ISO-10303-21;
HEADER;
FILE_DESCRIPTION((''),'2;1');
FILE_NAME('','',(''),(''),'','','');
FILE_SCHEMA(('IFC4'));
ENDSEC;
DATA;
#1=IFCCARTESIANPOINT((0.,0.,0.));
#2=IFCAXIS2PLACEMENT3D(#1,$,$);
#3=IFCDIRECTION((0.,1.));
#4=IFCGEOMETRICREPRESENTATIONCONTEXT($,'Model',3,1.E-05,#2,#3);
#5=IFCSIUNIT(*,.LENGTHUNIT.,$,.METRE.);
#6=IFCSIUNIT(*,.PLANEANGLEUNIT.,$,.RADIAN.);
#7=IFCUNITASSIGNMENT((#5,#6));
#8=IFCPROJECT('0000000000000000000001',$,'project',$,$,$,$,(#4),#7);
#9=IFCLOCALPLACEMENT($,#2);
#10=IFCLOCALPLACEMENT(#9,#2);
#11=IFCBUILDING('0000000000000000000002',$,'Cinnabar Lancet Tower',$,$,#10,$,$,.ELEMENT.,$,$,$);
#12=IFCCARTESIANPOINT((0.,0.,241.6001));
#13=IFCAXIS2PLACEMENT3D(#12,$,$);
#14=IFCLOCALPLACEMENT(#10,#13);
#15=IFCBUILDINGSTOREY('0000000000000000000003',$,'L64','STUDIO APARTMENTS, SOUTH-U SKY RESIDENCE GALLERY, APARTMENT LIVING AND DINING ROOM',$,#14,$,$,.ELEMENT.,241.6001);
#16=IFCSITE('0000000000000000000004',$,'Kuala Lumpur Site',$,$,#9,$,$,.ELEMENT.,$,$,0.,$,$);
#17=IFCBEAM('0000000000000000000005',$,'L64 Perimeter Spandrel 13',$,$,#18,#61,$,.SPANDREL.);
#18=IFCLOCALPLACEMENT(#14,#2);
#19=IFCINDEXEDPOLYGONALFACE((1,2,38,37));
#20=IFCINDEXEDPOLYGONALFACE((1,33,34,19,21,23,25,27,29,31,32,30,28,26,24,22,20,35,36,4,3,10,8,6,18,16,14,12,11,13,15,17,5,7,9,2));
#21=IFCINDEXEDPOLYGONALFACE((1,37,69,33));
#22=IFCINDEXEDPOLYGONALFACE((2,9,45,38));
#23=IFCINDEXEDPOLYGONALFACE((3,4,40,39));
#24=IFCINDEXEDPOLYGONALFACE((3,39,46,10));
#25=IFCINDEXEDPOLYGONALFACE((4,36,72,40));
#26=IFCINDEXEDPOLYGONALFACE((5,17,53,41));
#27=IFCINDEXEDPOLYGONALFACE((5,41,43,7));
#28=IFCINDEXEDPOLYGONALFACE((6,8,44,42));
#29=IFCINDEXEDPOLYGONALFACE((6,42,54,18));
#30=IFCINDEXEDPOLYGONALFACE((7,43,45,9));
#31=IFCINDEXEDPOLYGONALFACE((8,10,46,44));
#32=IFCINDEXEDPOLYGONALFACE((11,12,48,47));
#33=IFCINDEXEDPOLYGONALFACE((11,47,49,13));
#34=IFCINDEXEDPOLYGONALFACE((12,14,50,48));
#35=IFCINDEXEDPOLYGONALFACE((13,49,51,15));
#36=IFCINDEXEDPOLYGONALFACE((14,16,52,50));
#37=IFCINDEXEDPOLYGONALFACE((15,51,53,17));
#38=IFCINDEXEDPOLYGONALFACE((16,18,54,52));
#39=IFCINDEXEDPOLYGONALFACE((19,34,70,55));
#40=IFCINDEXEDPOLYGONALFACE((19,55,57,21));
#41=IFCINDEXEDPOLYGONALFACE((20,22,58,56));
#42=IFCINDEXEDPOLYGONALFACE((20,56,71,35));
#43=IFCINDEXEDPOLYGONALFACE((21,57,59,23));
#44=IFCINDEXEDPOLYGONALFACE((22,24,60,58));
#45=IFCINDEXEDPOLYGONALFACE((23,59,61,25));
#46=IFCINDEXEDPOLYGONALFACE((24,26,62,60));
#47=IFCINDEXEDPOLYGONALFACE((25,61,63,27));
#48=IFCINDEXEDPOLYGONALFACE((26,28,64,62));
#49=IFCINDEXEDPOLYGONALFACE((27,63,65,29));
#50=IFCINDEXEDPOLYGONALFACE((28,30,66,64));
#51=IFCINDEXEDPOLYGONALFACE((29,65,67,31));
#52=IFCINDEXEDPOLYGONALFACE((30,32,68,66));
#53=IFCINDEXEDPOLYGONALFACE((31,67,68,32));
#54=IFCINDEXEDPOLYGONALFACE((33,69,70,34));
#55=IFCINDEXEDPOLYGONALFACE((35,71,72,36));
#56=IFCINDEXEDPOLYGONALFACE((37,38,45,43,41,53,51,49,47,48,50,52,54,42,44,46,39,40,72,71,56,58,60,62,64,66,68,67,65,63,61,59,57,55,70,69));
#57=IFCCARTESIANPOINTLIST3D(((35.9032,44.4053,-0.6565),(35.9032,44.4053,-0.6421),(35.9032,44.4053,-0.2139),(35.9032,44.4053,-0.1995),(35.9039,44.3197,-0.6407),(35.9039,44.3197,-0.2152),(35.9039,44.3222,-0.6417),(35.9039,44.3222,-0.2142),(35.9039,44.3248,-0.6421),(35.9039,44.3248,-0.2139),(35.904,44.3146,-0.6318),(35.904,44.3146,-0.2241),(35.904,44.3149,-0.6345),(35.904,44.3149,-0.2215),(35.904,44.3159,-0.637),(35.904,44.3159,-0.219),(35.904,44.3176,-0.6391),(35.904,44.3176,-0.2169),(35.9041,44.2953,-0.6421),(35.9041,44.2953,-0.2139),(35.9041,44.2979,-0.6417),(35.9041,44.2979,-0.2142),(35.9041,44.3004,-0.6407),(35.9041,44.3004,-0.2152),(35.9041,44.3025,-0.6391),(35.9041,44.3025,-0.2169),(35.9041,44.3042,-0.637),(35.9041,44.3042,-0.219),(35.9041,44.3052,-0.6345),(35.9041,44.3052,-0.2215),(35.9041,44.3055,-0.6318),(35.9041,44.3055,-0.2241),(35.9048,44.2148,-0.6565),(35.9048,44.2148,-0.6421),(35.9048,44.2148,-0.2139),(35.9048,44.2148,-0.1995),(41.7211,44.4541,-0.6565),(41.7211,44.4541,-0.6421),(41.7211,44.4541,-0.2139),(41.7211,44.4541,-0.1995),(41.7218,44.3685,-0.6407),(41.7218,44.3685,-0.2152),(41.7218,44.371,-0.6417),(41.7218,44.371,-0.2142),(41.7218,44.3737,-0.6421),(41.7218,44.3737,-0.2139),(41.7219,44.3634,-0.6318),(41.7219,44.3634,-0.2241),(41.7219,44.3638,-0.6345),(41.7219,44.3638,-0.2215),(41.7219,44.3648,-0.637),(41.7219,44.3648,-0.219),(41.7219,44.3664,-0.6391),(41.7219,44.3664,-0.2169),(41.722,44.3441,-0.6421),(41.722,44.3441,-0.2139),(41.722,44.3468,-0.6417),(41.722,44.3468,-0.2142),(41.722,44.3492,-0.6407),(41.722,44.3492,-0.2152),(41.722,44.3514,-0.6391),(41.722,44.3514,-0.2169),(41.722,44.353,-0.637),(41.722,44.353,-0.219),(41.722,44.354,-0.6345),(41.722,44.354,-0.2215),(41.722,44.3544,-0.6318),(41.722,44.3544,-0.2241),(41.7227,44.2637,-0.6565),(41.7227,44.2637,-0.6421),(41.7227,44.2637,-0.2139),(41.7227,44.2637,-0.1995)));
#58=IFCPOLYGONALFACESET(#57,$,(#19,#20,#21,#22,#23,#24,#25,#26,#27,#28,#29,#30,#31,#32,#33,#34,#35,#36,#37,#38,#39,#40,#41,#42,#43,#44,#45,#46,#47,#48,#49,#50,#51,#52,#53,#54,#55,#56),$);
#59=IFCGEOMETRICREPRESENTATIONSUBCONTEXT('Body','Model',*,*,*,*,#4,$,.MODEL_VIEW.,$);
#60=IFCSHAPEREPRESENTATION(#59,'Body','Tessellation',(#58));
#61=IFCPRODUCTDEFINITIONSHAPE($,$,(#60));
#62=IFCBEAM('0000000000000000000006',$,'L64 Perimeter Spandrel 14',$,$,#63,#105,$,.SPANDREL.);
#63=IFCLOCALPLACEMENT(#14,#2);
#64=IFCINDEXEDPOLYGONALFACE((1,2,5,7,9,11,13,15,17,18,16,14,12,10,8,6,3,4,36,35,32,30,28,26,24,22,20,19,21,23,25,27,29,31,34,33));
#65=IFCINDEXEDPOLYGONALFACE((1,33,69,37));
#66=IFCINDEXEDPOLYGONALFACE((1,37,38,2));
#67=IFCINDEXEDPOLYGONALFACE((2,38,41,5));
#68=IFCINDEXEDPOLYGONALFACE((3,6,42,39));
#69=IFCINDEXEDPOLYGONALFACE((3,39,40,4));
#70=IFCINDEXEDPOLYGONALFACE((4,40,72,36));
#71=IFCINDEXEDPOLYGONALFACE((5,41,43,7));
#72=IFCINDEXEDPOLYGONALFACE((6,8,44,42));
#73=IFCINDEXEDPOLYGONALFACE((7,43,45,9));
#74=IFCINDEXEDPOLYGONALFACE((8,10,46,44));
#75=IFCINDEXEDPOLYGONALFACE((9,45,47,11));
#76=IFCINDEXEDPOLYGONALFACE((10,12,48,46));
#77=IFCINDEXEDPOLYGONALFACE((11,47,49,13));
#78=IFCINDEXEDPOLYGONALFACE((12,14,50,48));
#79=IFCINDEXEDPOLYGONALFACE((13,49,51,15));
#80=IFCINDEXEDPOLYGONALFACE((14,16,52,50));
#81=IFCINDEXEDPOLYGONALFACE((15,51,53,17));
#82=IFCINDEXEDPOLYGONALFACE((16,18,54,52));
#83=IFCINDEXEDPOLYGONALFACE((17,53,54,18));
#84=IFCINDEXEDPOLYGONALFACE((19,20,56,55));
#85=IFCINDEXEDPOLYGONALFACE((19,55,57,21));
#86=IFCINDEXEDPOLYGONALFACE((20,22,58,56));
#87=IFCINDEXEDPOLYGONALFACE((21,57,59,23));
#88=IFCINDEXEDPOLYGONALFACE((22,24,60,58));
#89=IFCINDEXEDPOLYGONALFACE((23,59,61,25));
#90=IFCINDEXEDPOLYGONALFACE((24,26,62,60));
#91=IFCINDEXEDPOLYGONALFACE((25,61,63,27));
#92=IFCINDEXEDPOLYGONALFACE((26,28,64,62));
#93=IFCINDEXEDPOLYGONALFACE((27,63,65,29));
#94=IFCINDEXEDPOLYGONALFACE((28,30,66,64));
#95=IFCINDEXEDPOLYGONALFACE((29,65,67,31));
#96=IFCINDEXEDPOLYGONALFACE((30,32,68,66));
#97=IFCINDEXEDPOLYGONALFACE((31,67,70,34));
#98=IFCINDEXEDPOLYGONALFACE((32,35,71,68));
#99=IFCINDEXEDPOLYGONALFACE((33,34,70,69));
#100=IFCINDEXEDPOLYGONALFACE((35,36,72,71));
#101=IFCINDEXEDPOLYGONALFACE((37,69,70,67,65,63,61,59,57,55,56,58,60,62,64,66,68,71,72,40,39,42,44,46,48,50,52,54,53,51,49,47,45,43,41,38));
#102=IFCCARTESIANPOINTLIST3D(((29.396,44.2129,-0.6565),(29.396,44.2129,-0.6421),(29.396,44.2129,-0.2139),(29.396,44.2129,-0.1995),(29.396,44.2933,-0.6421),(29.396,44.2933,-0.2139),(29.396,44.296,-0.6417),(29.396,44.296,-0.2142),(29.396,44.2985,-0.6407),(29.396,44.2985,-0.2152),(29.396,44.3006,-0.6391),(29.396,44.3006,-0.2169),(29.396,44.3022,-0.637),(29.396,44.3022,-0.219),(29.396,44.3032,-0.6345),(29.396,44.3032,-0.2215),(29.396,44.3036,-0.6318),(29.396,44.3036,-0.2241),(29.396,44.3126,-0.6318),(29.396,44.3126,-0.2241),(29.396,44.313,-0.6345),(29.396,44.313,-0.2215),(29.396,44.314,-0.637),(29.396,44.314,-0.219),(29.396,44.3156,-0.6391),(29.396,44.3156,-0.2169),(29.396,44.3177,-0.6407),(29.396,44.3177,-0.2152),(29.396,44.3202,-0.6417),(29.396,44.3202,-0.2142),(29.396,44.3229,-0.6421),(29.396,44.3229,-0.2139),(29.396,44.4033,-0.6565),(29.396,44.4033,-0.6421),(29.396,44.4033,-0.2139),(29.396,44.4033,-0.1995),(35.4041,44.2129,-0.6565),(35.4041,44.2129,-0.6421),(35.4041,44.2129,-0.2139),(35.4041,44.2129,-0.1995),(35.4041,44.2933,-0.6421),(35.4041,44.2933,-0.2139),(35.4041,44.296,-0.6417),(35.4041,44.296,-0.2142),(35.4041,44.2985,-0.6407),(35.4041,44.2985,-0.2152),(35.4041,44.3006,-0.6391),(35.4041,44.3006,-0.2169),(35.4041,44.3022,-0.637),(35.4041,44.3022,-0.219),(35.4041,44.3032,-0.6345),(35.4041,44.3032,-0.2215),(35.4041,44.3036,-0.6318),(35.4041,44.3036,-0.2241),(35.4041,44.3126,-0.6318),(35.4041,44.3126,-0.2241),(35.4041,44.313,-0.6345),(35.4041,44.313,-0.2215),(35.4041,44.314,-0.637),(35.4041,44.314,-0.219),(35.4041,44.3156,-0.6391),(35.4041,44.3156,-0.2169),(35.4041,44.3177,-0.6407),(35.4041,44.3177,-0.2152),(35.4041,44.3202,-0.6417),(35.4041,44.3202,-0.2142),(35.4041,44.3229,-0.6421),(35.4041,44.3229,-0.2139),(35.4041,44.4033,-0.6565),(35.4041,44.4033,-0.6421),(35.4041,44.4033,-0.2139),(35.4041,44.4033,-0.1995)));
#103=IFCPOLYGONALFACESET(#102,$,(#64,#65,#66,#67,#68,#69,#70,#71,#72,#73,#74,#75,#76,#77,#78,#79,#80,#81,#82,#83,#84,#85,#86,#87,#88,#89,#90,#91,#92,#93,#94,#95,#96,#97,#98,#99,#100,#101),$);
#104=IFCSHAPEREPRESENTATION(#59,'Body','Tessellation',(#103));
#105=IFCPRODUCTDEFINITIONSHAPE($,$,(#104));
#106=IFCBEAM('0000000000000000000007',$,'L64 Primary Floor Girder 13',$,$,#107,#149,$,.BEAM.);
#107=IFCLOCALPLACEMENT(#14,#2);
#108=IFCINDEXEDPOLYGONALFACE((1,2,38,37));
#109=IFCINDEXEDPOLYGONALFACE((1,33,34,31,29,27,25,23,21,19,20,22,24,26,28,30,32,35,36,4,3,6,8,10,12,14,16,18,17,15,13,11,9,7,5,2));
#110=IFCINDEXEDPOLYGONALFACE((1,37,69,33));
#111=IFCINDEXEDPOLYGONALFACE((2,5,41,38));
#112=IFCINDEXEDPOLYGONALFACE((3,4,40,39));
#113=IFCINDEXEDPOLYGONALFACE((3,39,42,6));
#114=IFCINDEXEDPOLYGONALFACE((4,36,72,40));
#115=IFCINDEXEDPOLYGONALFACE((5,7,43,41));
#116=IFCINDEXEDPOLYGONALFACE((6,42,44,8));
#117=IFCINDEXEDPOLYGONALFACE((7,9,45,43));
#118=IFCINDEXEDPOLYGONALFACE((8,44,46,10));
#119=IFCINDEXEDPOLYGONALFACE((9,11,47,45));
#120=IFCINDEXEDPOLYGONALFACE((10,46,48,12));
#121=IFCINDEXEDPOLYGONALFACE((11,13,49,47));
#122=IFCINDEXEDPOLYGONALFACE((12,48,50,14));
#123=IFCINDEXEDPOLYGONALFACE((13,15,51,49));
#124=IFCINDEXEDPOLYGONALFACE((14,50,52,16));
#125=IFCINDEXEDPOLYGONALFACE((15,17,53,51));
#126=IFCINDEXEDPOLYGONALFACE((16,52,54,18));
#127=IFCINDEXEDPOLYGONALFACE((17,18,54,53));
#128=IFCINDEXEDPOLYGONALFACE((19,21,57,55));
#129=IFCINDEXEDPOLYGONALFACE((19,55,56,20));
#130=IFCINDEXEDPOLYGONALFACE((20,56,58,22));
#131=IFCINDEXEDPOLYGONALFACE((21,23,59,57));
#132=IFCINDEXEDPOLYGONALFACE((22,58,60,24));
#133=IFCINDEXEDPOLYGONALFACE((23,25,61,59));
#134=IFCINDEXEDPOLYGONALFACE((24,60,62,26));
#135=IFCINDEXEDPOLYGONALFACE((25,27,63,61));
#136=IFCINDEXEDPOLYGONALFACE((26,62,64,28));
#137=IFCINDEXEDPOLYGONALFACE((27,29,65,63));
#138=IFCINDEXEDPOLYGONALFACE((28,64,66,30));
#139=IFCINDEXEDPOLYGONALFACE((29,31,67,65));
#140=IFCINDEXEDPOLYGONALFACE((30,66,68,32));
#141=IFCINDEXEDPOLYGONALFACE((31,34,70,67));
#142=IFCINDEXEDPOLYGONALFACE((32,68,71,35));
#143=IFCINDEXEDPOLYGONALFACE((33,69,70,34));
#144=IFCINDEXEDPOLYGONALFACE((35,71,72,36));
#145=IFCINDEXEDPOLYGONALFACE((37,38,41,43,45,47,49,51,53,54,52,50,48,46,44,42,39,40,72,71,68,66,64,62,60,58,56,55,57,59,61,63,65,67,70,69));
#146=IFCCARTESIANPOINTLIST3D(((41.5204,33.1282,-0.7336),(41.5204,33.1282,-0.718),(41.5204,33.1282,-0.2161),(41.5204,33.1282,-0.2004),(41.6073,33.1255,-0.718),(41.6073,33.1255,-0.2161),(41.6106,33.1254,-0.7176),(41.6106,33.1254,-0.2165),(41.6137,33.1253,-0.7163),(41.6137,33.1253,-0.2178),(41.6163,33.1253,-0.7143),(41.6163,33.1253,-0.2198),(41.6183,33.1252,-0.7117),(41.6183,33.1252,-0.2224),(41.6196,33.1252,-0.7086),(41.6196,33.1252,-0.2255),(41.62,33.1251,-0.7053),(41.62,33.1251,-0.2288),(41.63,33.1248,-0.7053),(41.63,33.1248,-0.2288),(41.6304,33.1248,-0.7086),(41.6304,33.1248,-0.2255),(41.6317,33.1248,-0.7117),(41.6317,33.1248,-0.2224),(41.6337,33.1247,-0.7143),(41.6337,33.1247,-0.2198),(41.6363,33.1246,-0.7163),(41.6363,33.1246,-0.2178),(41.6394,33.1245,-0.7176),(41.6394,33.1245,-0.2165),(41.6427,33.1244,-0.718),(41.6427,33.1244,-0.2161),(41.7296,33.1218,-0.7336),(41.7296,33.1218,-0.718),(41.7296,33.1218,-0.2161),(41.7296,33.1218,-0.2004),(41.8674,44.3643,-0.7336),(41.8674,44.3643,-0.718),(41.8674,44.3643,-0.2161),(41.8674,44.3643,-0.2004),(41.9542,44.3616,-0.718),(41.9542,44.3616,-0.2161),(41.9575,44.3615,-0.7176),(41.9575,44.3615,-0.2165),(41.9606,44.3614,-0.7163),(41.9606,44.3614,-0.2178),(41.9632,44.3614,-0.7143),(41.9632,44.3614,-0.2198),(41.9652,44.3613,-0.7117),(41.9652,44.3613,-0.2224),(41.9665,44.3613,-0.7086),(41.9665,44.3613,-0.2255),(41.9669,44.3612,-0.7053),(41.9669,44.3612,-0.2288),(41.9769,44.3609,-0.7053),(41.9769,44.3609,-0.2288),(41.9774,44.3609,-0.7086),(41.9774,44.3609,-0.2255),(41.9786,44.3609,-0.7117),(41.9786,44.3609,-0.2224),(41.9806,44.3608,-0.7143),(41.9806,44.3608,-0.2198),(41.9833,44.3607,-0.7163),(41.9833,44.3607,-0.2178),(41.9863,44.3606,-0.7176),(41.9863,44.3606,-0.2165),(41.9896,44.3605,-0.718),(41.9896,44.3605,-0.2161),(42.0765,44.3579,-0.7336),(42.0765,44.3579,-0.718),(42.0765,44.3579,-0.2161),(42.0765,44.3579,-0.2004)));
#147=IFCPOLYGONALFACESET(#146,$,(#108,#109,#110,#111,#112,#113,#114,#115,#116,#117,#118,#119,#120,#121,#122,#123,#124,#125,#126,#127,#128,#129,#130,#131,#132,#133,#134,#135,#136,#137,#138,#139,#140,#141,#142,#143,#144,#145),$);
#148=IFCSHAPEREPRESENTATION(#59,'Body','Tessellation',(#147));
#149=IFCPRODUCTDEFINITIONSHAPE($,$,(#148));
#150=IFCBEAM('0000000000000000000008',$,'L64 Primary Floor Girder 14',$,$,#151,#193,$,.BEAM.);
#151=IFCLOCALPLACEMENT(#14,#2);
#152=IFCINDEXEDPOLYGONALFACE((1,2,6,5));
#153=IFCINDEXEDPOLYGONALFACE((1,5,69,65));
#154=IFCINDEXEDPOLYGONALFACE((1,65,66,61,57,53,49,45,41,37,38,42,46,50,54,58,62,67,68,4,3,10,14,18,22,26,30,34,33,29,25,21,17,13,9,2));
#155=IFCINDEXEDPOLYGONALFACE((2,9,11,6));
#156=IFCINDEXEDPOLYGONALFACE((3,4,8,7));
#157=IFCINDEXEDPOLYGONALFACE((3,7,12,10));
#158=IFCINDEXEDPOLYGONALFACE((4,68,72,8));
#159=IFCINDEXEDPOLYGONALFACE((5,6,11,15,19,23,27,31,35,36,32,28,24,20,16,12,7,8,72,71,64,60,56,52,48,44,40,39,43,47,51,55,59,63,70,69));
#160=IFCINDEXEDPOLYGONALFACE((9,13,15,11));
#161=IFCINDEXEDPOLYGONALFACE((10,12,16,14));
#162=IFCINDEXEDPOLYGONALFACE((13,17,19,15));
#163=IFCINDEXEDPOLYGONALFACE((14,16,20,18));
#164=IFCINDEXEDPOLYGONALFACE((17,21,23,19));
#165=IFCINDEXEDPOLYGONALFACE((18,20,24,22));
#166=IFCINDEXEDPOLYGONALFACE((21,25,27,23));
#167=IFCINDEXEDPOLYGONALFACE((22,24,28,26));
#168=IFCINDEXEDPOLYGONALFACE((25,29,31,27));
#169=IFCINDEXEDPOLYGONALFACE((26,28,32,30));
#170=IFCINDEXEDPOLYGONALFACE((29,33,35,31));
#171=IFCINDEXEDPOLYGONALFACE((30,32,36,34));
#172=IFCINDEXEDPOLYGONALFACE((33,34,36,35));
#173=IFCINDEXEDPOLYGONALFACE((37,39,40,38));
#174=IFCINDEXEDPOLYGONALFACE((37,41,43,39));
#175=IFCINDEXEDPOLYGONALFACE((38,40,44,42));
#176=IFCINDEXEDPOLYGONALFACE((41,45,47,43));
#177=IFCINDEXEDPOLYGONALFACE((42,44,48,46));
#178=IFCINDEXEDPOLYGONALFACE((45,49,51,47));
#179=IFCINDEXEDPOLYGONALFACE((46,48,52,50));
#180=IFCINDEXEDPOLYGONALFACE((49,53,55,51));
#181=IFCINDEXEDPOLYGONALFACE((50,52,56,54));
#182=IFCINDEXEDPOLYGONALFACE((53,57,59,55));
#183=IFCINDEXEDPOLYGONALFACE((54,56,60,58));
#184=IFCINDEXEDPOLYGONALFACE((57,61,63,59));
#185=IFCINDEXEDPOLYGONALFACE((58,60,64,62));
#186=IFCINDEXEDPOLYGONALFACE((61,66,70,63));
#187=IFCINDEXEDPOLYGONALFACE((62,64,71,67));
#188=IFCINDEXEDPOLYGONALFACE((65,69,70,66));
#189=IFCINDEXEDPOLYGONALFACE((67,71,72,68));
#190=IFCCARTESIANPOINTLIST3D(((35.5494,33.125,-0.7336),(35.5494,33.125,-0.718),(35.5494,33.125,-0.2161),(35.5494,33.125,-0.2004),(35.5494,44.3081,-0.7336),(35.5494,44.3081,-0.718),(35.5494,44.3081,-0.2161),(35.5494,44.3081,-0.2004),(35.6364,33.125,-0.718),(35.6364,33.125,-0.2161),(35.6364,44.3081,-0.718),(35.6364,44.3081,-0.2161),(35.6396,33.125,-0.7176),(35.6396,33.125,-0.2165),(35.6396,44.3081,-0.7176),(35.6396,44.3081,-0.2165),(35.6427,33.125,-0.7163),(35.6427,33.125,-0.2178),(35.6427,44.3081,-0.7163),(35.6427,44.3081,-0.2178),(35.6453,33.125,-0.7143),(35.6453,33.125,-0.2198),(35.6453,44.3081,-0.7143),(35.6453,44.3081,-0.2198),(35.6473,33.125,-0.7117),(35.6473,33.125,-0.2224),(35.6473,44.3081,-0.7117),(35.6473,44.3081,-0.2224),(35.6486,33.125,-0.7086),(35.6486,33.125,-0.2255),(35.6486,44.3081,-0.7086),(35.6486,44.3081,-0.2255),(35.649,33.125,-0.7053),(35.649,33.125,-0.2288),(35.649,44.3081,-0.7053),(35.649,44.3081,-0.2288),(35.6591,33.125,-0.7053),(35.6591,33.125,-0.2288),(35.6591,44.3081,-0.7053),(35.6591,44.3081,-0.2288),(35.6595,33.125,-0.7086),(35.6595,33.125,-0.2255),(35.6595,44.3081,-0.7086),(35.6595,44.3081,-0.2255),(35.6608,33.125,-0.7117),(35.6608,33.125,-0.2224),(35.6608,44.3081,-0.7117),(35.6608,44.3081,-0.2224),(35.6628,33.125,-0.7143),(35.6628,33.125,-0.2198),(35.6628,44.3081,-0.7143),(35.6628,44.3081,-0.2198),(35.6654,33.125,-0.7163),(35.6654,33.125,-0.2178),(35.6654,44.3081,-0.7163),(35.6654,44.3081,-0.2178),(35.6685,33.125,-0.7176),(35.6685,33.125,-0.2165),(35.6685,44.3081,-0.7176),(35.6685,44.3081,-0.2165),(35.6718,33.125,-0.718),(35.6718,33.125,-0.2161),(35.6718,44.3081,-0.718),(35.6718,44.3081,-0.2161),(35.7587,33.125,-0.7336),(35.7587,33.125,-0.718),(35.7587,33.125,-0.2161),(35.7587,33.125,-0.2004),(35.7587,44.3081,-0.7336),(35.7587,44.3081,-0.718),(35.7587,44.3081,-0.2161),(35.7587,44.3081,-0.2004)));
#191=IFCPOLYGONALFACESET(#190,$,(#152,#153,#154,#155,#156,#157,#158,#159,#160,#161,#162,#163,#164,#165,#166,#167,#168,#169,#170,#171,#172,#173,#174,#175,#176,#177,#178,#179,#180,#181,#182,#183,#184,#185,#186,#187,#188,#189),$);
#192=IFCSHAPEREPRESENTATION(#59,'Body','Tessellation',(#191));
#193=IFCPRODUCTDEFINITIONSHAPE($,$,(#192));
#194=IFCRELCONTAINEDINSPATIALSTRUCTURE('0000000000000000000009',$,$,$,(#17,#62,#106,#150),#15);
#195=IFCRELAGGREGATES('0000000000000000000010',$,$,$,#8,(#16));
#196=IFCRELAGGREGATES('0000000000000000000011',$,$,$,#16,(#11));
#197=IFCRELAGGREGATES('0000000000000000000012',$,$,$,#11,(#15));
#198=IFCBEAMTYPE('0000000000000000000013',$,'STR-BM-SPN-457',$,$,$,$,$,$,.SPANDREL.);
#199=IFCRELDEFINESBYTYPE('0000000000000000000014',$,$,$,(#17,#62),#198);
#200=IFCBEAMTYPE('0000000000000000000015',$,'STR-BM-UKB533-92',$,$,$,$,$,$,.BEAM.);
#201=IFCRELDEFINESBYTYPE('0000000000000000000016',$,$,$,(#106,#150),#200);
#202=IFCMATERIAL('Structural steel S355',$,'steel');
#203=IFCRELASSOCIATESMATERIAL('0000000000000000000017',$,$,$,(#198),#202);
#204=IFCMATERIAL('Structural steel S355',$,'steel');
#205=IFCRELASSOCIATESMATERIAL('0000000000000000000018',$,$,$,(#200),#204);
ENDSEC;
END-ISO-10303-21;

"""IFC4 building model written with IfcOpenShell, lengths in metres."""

from ifc_helpers import new_model, si_unit, direction, frame, origin, origin_2d, place, context, subcontext, project, spatial, i_section, extrude, material, material_profile, profile_set, type_object, element, save


model = new_model("IFC4")

# Units and contexts
model_context = context("Model", 3, precision=1e-05, world=origin(), true_north=direction((0.0, 1.0)))
body_context = subcontext(model_context, "Body", "Model", "MODEL_VIEW")
ifc_project = project(units=[si_unit("LENGTHUNIT", "METRE"), si_unit("PLANEANGLEUNIT", "RADIAN")], contexts=[model_context])

# Site, building, storey
site_placement = place(None, origin())
site = spatial("IfcSite", under=ifc_project, at=site_placement, Name="Kuala Lumpur Site", CompositionType="ELEMENT", RefElevation=0.0)
building_placement = place(site_placement, origin())
building = spatial("IfcBuilding", under=site, at=building_placement, Name="Cinnabar Lancet Tower", CompositionType="ELEMENT")
storey_placement = place(building_placement, frame((0.0, 0.0, 241.6001)))
storey = spatial("IfcBuildingStorey", under=building, at=storey_placement, Name="L64", Description="STUDIO APARTMENTS, SOUTH-U SKY RESIDENCE GALLERY, APARTMENT LIVING AND DINING ROOM", CompositionType="ELEMENT", Elevation=241.6001)

# Beams
ifc_material_1 = material(Name="Structural steel S355", Category="steel")
ifc_material_profile_1 = material_profile(ifc_material_1, i_section(OverallWidth=0.1904, OverallDepth=0.457, WebThickness=0.009, FlangeThickness=0.0144, FilletRadius=0.0103, at=origin_2d()), Name="UKB 457x191x74")
ifc_profile_set_1 = profile_set([ifc_material_profile_1], Name="Structural steel S355")
beam_type_1 = type_object("IfcBeamType", Name="STR-BM-SPN-457", PredefinedType="SPANDREL", material=ifc_profile_set_1)
beam_1_placement = place(storey_placement, frame((41.7219, 44.3589, -0.428), z_axis=(-0.999965, -0.008392, 0.0), x_axis=(0.008392, -0.999965, 0.0)))
element("IfcBeam", 1, at=beam_1_placement, inside=storey, type_object=beam_type_1, Name="L64 Perimeter Spandrel 13", PredefinedType="SPANDREL", context=body_context, shape_type="SweptSolid", body=[
    extrude(i_section(OverallWidth=0.1904, OverallDepth=0.457, WebThickness=0.009, FlangeThickness=0.0144, FilletRadius=0.0103, at=origin_2d()), origin(), (0.0, 0.0, 1.0), 5.8181),
])
beam_2_placement = place(storey_placement, frame((35.4041, 44.3081, -0.428), z_axis=(-1.0, 0.0, 0.0), x_axis=(0.0, -1.0, 0.0)))
element("IfcBeam", 2, at=beam_2_placement, inside=storey, type_object=beam_type_1, Name="L64 Perimeter Spandrel 14", PredefinedType="SPANDREL", context=body_context, shape_type="SweptSolid", body=[
    extrude(i_section(OverallWidth=0.1904, OverallDepth=0.457, WebThickness=0.009, FlangeThickness=0.0144, FilletRadius=0.0103, at=origin_2d()), origin(), (0.0, 0.0, 1.0), 6.0081),
])
ifc_material_2 = material(Name="Structural steel S355", Category="steel")
ifc_material_profile_2 = material_profile(ifc_material_2, i_section(OverallWidth=0.2092, OverallDepth=0.5332, WebThickness=0.01, FlangeThickness=0.0156, FilletRadius=0.0127, at=origin_2d()), Name="UKB 533x210x92")
ifc_profile_set_2 = profile_set([ifc_material_profile_2], Name="Structural steel S355")
beam_type_2 = type_object("IfcBeamType", Name="STR-BM-UKB533-92", PredefinedType="BEAM", material=ifc_profile_set_2)
beam_3_placement = place(storey_placement, frame((41.9719, 44.3611, -0.467), z_axis=(-0.030861, -0.999524, 0.0), x_axis=(0.999524, -0.030861, 0.0)))
element("IfcBeam", 3, at=beam_3_placement, inside=storey, type_object=beam_type_2, Name="L64 Primary Floor Girder 13", PredefinedType="BEAM", context=body_context, shape_type="SweptSolid", body=[
    extrude(i_section(OverallWidth=0.2092, OverallDepth=0.5332, WebThickness=0.01, FlangeThickness=0.0156, FilletRadius=0.0127, at=origin_2d()), origin(), (0.0, 0.0, 1.0), 11.2415),
])
beam_4_placement = place(storey_placement, frame((35.6541, 44.3081, -0.467), z_axis=(0.0, -1.0, 0.0), x_axis=(1.0, 0.0, 0.0)))
element("IfcBeam", 4, at=beam_4_placement, inside=storey, type_object=beam_type_2, Name="L64 Primary Floor Girder 14", PredefinedType="BEAM", context=body_context, shape_type="SweptSolid", body=[
    extrude(i_section(OverallWidth=0.2092, OverallDepth=0.5332, WebThickness=0.01, FlangeThickness=0.0156, FilletRadius=0.0127, at=origin_2d()), origin(), (0.0, 0.0, 1.0), 11.1831),
])

save(model, "model.ifc")
